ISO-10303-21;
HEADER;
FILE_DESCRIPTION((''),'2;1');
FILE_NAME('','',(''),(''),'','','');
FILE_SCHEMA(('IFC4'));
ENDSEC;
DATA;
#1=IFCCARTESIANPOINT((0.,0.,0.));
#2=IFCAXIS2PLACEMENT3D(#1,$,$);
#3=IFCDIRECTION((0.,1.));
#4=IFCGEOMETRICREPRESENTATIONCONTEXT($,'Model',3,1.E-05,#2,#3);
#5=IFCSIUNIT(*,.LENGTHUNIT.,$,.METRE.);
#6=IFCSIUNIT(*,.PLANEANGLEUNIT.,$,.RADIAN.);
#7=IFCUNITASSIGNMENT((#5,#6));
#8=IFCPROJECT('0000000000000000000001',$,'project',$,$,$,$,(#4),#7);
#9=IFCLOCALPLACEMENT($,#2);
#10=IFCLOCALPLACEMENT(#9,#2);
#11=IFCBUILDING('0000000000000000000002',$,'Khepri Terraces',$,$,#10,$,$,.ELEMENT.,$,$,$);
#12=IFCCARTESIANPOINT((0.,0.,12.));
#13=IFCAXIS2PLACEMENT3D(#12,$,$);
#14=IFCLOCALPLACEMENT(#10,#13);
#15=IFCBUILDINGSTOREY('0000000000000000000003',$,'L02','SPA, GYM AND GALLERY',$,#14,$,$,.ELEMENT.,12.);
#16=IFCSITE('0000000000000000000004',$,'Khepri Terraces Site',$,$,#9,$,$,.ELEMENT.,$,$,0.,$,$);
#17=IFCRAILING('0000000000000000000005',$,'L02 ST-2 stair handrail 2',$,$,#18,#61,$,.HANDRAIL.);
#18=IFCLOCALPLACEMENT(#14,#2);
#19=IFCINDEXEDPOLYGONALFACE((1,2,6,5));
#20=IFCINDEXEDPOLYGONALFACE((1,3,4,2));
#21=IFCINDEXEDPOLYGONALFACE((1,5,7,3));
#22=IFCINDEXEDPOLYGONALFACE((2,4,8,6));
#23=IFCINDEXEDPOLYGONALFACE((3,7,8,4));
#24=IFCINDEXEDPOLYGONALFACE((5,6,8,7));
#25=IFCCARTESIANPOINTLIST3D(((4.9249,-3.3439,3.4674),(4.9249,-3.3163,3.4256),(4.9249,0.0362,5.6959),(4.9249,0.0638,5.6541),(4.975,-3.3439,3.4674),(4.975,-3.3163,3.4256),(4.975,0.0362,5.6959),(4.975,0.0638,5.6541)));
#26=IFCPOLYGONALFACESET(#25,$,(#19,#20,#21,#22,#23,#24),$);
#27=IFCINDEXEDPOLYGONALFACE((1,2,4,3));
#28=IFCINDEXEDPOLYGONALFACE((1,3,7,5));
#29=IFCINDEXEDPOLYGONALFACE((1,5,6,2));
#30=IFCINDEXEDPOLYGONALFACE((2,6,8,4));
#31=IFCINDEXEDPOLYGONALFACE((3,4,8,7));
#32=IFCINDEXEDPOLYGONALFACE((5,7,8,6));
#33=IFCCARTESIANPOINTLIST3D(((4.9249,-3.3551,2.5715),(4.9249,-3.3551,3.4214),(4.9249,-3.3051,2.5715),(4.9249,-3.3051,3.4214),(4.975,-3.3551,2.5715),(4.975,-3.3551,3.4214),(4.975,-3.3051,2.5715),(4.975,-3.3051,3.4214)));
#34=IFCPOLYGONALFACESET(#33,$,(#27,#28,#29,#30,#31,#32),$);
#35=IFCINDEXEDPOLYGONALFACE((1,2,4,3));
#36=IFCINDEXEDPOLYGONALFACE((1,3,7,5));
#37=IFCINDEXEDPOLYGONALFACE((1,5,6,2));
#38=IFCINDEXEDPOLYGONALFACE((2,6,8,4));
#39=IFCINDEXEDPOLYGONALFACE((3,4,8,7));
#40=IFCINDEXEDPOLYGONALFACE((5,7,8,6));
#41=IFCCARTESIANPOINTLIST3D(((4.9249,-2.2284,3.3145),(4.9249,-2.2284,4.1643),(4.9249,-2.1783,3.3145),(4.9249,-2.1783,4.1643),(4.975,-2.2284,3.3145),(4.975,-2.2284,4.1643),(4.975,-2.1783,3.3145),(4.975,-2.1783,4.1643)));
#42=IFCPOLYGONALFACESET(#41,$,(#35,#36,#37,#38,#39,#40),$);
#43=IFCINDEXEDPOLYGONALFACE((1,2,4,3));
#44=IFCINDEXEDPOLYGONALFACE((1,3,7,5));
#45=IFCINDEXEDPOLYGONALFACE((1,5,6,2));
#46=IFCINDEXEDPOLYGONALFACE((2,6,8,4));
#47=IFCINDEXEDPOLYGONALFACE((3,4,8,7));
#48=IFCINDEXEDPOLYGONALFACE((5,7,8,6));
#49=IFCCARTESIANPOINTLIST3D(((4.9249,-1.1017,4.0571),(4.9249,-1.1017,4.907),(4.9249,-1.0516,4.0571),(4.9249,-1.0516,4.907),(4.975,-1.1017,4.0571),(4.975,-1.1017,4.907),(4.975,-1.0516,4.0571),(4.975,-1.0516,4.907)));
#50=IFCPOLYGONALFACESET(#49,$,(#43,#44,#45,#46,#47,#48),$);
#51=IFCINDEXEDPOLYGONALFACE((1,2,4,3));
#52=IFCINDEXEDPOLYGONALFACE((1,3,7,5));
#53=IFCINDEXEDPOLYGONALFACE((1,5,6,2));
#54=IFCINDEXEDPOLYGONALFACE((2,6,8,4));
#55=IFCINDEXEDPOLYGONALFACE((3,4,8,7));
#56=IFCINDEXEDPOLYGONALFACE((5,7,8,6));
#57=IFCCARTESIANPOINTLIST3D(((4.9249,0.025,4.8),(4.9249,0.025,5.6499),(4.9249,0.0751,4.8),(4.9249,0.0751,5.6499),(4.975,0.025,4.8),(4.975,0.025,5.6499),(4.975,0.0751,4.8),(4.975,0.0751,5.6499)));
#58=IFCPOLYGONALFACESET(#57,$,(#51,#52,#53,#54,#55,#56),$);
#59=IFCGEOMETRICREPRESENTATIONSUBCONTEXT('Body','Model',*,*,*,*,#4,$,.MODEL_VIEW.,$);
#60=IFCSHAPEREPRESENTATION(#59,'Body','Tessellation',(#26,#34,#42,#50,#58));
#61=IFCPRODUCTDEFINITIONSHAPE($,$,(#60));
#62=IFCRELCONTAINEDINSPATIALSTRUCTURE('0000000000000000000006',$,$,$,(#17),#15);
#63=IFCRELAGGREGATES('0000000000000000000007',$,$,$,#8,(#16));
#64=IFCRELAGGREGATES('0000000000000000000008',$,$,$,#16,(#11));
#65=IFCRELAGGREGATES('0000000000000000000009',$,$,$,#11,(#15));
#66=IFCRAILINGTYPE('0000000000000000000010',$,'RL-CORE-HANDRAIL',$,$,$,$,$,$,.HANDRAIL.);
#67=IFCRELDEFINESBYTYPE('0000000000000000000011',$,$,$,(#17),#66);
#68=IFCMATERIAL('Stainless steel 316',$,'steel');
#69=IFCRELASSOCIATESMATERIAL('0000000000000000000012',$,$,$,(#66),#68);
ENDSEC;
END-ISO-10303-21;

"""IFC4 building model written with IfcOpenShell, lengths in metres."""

from ifc_helpers import new_model, si_unit, direction, frame, origin, origin_2d, place, context, subcontext, project, spatial, rectangle, extrude, material, type_object, element, save


model = new_model("IFC4")

# Units and contexts
model_context = context("Model", 3, precision=1e-05, world=origin(), true_north=direction((0.0, 1.0)))
body_context = subcontext(model_context, "Body", "Model", "MODEL_VIEW")
ifc_project = project(units=[si_unit("LENGTHUNIT", "METRE"), si_unit("PLANEANGLEUNIT", "RADIAN")], contexts=[model_context])

# Site, building, storey
site_placement = place(None, origin())
site = spatial("IfcSite", under=ifc_project, at=site_placement, Name="Khepri Terraces Site", CompositionType="ELEMENT", RefElevation=0.0)
building_placement = place(site_placement, origin())
building = spatial("IfcBuilding", under=site, at=building_placement, Name="Khepri Terraces", CompositionType="ELEMENT")
storey_placement = place(building_placement, frame((0.0, 0.0, 12.0)))
storey = spatial("IfcBuildingStorey", under=building, at=storey_placement, Name="L02", Description="SPA, GYM AND GALLERY", CompositionType="ELEMENT", Elevation=12.0)

# Railing
ifc_material_1 = material(Name="Stainless steel 316", Category="steel")
railing_type_1 = type_object("IfcRailingType", Name="RL-CORE-HANDRAIL", PredefinedType="HANDRAIL", material=ifc_material_1)
railing_1_placement = place(storey_placement, frame((4.95, -3.3301, 2.5715)))
element("IfcRailing", 1, at=railing_1_placement, inside=storey, type_object=railing_type_1, Name="L02 ST-2 stair handrail 2", PredefinedType="HANDRAIL", context=body_context, shape_type="SweptSolid", body=[
    extrude(rectangle(XDim=0.05, YDim=0.05, at=origin_2d()), frame((0.0, 0.0, 0.875), z_axis=(0.0, 0.834878, 0.550435), x_axis=(-1.0, 0.0, 0.0)), (0.0, 0.0, 1.0), 4.0486),
    extrude(rectangle(XDim=0.05, YDim=0.05, at=origin_2d()), origin(), (0.0, 0.0, 1.0), 0.8499),
    extrude(rectangle(XDim=0.05, YDim=0.05, at=origin_2d()), frame((0.0, 1.1267, 0.7429)), (0.0, 0.0, 1.0), 0.8499),
    extrude(rectangle(XDim=0.05, YDim=0.05, at=origin_2d()), frame((0.0, 2.2534, 1.4856)), (0.0, 0.0, 1.0), 0.8499),
    extrude(rectangle(XDim=0.05, YDim=0.05, at=origin_2d()), frame((0.0, 3.3801, 2.2285)), (0.0, 0.0, 1.0), 0.8499),
])

save(model, "model.ifc")
